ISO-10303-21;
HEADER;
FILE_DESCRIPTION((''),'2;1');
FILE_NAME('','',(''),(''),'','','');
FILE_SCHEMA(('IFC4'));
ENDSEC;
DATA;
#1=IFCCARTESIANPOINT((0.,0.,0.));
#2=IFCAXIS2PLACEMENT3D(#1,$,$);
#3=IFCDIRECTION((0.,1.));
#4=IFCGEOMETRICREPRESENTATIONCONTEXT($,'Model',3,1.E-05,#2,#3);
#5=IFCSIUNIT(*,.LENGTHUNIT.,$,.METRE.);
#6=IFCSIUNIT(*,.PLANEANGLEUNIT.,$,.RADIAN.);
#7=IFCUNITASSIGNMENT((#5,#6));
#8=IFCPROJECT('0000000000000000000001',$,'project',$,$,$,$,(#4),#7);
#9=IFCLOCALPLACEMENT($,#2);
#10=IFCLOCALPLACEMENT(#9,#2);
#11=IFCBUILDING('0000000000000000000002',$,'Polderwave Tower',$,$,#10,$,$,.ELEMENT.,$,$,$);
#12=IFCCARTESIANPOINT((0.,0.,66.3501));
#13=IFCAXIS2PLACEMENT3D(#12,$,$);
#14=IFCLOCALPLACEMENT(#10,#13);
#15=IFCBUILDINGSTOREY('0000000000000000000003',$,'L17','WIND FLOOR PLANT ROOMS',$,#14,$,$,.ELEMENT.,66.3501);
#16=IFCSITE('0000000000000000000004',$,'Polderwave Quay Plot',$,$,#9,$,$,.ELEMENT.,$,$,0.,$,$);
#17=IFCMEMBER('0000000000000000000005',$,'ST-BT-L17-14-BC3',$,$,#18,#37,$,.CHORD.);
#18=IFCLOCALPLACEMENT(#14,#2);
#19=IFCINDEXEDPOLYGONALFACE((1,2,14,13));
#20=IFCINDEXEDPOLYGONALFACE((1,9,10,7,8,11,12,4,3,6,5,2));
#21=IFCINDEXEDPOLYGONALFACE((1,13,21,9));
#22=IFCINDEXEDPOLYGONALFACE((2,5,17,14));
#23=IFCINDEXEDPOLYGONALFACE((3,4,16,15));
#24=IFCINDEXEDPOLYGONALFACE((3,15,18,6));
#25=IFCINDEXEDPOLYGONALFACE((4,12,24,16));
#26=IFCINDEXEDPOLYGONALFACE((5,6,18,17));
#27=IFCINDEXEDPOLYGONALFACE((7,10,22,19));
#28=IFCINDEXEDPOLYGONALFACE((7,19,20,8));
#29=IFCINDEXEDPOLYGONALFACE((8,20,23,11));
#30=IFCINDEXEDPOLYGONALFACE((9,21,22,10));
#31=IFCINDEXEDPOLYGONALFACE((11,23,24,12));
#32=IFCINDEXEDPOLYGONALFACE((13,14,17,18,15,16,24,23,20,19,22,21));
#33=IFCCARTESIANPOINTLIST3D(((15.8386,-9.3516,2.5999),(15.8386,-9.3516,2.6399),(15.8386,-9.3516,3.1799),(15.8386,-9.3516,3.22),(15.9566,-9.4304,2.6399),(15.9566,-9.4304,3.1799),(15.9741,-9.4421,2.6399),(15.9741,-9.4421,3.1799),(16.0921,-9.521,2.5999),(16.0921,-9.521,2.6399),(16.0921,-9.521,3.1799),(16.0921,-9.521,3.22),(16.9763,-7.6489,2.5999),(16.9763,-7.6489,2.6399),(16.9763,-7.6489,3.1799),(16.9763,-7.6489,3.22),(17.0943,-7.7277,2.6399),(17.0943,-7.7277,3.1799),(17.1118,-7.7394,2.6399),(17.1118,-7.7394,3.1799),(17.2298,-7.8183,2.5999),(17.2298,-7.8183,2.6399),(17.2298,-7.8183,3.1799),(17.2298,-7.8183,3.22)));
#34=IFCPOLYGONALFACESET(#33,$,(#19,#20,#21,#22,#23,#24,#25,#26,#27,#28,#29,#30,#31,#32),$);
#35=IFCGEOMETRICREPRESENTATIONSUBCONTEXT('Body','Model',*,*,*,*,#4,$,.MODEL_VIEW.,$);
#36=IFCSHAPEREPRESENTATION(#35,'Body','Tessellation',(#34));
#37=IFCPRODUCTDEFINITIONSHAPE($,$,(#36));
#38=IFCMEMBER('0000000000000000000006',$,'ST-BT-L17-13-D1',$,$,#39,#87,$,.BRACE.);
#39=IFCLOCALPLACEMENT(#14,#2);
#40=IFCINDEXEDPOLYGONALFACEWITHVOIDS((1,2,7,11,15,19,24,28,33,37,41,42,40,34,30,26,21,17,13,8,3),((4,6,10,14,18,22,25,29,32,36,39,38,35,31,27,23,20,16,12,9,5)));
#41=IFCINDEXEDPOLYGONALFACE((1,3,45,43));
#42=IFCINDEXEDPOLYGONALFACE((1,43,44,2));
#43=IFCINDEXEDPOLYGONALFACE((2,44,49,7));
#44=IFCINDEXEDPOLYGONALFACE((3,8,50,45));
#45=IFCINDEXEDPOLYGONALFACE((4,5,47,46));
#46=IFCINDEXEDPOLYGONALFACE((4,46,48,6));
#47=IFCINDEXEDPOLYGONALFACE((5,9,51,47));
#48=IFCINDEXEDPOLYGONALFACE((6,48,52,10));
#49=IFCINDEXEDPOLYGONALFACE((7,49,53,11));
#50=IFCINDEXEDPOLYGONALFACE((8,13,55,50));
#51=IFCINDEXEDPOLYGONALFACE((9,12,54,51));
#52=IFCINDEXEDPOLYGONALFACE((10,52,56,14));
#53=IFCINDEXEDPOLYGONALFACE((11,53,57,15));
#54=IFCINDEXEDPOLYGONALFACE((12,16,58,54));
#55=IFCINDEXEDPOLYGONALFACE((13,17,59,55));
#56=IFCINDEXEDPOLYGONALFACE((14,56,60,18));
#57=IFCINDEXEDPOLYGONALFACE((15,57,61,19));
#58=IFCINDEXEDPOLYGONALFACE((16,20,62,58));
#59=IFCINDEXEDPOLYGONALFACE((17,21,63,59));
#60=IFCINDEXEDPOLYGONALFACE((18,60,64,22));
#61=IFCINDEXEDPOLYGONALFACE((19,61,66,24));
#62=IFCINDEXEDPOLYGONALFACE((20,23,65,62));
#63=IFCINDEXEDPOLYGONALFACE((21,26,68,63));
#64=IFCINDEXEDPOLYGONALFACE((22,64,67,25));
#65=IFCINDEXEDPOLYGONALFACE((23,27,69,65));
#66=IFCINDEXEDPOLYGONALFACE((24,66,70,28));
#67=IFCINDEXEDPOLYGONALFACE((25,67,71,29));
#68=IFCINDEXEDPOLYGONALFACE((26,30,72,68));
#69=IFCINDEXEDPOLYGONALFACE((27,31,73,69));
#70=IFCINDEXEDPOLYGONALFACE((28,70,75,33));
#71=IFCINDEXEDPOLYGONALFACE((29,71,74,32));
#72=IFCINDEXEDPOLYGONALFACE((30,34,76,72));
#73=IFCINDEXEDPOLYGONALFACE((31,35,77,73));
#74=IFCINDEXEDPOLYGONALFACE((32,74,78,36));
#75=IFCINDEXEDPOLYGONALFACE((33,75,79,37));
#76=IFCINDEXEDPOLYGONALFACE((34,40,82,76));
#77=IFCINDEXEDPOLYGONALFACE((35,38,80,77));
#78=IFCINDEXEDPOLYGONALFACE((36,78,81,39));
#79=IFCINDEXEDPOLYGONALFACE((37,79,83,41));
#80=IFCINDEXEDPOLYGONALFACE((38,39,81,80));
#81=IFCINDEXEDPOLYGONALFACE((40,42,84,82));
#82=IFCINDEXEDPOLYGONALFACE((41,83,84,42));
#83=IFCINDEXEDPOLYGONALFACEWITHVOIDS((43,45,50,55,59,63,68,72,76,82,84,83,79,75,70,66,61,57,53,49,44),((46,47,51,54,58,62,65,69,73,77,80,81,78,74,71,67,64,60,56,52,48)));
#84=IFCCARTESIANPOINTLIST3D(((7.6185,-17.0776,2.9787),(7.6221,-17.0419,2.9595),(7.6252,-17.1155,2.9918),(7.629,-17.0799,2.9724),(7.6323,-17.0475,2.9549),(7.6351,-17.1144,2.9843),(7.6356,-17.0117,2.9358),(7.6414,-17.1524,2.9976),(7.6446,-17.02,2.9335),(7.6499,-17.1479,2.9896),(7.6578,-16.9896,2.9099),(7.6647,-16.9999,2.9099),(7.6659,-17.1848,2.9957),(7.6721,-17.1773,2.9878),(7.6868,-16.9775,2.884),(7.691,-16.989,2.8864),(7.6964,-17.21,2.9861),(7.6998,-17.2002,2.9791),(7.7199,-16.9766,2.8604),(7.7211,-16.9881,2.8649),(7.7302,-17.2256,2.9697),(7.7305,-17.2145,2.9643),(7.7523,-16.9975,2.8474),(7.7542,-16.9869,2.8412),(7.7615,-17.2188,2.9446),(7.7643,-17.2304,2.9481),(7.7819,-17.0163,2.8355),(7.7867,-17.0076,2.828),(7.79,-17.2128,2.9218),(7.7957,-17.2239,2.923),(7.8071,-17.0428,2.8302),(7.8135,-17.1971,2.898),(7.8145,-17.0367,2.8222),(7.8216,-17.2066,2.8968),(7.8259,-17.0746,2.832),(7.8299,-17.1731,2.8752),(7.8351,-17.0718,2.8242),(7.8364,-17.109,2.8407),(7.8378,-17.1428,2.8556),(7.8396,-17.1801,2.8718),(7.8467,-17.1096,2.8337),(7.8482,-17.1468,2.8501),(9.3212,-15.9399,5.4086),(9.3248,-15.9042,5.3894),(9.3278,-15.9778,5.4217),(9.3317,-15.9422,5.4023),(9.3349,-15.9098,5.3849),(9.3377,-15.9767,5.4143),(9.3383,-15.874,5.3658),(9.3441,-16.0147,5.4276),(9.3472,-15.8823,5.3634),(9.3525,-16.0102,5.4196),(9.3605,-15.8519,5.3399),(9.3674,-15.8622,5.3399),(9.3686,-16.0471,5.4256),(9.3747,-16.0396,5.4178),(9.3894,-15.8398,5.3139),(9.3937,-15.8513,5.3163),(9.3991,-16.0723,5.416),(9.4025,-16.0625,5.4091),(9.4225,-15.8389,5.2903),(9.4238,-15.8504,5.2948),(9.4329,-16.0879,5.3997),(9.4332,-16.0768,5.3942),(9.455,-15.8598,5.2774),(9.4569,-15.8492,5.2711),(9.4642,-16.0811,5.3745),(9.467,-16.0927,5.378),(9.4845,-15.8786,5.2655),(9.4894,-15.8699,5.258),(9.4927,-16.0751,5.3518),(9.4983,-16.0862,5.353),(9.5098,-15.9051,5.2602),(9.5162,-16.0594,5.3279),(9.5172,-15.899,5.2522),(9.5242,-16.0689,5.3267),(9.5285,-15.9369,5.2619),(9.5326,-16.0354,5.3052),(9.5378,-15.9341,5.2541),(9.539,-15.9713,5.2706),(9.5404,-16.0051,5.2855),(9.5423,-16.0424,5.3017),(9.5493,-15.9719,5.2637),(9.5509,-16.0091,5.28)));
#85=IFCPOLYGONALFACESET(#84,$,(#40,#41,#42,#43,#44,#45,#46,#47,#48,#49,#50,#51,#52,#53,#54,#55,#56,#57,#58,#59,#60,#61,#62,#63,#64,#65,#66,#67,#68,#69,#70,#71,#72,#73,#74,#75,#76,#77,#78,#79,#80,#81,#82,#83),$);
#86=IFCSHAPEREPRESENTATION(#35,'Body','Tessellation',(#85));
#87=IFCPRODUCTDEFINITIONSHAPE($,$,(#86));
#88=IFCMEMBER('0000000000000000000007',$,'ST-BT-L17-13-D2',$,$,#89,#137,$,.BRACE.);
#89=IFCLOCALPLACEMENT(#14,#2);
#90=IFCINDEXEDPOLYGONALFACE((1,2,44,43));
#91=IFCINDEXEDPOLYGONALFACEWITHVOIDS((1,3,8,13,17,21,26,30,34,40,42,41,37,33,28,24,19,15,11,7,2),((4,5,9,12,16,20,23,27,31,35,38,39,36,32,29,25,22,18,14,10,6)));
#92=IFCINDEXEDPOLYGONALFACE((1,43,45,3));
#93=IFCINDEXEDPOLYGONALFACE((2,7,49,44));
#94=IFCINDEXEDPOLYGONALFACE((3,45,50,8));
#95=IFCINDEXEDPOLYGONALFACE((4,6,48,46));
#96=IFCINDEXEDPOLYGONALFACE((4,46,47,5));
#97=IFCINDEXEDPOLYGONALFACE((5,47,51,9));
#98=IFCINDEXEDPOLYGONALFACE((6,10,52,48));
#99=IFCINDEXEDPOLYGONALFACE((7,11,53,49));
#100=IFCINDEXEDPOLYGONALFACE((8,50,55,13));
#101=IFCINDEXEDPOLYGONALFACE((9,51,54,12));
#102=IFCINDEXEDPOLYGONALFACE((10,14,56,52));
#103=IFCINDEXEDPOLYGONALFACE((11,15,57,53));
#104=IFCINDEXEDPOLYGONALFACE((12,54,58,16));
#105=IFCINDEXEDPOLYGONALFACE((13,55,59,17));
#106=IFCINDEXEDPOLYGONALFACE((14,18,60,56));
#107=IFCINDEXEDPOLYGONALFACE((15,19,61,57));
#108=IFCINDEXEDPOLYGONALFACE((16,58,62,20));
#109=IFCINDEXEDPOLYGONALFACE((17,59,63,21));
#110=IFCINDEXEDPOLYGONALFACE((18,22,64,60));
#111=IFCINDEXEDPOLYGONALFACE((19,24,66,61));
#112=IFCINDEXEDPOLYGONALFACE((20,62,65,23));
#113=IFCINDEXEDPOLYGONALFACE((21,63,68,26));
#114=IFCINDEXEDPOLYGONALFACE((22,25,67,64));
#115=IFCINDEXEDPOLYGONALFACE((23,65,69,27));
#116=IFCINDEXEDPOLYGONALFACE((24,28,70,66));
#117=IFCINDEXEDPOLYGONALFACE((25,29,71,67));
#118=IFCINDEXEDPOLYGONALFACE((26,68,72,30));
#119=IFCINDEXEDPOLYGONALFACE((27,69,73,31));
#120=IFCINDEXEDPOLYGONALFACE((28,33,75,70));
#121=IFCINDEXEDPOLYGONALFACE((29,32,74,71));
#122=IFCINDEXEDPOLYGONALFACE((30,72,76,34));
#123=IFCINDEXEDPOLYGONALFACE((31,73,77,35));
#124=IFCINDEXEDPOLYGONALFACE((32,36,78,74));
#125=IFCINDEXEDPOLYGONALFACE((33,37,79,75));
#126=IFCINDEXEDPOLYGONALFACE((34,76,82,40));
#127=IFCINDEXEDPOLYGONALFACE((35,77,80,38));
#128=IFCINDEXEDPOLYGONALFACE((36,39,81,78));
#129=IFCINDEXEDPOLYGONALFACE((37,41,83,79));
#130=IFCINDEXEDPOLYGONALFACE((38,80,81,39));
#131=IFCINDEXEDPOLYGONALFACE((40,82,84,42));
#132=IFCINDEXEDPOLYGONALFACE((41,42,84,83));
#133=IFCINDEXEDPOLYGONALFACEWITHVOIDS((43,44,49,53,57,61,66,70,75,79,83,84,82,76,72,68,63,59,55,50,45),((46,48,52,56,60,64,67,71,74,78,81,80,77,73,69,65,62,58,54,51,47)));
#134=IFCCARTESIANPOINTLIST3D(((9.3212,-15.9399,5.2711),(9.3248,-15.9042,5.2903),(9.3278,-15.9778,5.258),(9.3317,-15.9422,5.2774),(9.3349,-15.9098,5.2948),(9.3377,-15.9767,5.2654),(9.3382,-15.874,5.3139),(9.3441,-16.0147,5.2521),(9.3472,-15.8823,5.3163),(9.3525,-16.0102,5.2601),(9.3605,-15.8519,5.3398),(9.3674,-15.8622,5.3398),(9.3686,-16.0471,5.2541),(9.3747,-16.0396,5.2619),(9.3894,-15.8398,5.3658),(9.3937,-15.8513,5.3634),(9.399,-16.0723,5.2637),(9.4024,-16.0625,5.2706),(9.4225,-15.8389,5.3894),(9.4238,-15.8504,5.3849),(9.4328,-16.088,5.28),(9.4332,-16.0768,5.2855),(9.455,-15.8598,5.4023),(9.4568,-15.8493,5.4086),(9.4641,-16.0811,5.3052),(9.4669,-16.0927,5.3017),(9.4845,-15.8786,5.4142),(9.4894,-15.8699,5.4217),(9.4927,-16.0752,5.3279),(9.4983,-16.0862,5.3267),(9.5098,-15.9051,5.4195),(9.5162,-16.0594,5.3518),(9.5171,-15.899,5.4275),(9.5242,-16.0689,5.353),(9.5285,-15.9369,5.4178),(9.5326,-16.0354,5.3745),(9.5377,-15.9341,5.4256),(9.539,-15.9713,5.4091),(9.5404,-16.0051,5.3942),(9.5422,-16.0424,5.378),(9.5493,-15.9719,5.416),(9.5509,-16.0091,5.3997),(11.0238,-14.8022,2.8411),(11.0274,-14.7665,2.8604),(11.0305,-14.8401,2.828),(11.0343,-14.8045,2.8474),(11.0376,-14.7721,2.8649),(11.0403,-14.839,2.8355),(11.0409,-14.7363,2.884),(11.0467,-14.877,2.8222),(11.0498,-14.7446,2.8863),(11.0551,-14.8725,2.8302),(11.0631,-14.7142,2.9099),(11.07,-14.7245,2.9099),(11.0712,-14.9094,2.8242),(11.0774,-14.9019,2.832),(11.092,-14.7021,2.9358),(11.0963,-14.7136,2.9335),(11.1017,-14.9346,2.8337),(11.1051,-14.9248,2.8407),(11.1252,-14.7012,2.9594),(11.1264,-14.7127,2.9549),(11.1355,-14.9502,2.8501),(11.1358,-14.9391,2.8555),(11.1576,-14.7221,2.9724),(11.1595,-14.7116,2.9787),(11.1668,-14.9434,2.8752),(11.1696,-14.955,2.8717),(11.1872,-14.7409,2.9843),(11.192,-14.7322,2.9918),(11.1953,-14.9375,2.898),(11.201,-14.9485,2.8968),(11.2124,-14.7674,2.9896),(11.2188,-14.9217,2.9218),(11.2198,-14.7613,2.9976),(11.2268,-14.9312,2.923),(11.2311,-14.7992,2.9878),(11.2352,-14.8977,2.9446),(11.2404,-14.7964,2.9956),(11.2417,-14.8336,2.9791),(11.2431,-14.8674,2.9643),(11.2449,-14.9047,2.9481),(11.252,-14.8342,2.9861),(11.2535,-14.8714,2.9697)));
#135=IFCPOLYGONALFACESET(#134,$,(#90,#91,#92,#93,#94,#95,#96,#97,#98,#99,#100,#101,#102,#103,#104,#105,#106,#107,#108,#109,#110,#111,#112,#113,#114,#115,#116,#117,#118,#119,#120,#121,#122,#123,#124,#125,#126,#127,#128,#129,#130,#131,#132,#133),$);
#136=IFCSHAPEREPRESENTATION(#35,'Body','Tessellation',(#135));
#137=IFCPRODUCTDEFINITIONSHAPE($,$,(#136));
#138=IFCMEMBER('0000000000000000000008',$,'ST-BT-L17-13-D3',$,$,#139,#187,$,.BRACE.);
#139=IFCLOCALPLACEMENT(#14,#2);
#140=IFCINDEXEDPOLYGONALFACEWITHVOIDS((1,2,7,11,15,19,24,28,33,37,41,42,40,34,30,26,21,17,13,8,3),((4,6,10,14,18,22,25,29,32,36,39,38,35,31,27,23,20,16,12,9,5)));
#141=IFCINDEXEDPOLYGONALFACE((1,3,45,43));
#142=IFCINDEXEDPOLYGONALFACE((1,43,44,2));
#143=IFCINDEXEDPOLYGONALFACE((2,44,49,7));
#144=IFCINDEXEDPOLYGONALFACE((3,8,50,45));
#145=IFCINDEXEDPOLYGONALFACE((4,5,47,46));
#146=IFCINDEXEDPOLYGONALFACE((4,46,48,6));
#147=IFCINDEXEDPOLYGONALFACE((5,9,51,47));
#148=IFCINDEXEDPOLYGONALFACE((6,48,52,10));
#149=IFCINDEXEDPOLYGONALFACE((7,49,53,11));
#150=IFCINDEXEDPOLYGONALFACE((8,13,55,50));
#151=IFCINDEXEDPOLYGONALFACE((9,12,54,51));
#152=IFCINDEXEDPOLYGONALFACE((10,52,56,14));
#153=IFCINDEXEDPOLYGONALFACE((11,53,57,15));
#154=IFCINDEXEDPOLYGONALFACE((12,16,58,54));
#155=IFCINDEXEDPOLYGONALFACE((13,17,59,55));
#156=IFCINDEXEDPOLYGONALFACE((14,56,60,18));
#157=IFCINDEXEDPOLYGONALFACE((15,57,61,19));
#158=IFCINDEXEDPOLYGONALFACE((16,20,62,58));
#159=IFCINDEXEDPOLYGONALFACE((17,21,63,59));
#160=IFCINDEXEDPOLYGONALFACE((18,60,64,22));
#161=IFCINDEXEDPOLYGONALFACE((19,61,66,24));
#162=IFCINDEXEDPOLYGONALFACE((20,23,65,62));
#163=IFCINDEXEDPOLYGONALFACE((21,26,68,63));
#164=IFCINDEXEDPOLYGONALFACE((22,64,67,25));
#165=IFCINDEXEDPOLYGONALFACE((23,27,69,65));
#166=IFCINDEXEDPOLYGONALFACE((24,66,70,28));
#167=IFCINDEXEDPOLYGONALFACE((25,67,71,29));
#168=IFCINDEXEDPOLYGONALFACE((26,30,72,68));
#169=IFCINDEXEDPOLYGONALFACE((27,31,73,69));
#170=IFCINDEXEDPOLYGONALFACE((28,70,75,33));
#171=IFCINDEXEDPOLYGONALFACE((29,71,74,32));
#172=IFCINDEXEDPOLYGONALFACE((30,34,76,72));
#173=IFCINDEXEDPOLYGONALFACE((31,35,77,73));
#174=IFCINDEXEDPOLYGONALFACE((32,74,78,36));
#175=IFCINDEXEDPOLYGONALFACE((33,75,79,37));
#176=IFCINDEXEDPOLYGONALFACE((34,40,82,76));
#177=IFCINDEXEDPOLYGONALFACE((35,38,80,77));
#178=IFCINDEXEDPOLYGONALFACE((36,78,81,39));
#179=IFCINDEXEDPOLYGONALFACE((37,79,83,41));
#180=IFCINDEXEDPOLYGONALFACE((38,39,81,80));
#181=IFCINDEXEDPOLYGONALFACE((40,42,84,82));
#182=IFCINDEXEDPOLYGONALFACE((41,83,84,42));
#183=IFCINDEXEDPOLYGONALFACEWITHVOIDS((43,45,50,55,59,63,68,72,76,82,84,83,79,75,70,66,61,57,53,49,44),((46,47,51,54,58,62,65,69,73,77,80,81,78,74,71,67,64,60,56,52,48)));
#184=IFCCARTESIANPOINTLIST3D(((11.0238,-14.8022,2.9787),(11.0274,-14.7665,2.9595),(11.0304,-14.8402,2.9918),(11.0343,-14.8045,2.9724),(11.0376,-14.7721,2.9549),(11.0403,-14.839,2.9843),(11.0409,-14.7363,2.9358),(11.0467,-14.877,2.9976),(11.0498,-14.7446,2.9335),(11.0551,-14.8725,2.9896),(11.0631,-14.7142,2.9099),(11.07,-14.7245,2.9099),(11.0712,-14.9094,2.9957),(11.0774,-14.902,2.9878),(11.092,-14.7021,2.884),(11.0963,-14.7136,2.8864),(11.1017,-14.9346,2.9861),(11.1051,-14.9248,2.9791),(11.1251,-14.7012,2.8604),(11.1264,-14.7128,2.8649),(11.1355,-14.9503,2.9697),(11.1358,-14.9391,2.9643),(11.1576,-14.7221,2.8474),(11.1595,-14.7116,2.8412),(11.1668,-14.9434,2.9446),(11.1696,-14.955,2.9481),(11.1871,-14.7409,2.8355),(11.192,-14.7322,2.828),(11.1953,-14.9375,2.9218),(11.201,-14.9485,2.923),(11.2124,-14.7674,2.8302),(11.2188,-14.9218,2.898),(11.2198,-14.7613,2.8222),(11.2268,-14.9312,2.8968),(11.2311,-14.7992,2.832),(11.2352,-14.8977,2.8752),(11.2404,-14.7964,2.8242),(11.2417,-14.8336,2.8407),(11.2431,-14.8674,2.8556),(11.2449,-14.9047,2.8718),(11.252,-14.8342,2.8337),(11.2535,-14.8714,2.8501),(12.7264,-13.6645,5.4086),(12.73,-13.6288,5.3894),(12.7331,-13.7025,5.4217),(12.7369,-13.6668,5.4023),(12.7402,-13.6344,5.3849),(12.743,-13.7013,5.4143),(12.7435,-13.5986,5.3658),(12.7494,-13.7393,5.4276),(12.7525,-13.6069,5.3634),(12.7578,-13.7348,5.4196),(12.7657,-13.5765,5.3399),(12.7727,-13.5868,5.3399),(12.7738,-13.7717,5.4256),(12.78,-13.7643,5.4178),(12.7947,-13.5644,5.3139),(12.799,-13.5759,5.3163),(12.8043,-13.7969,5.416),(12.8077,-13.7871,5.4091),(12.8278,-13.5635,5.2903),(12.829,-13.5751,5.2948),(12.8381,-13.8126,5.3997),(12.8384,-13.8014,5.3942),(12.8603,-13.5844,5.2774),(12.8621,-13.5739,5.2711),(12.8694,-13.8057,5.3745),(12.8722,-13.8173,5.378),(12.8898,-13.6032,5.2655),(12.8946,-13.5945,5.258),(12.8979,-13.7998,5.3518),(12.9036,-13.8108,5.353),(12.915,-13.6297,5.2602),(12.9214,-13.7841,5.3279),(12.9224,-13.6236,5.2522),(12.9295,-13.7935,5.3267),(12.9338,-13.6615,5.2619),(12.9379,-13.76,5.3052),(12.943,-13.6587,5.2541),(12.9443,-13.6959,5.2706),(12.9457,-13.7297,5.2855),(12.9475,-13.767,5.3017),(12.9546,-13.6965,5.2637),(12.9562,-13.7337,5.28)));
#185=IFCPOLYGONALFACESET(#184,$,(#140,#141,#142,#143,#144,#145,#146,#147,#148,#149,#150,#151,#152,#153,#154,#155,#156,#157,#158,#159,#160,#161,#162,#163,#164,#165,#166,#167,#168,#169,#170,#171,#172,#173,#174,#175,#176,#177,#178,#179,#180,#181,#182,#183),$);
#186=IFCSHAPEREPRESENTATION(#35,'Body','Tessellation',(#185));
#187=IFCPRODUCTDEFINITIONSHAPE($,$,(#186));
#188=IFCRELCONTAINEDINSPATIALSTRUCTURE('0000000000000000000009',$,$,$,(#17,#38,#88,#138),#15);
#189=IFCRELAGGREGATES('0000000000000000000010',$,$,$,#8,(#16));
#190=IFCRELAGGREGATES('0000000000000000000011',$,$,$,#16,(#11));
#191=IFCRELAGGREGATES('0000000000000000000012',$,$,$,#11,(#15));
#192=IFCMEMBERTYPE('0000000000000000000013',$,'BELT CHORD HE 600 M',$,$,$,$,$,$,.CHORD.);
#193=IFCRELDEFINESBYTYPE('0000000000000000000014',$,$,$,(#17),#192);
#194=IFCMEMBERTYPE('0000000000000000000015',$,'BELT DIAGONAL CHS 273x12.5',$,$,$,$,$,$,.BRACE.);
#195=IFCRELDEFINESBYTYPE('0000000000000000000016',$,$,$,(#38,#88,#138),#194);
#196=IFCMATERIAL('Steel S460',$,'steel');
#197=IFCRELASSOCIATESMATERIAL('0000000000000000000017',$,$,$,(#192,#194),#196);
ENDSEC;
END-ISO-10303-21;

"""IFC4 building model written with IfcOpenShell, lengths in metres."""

from ifc_helpers import new_model, si_unit, direction, frame, origin, origin_2d, place, context, subcontext, project, spatial, hollow_circle, i_section, extrude, material, material_profile, profile_set, type_object, element, save


model = new_model("IFC4")

# Units and contexts
model_context = context("Model", 3, precision=1e-05, world=origin(), true_north=direction((0.0, 1.0)))
body_context = subcontext(model_context, "Body", "Model", "MODEL_VIEW")
ifc_project = project(units=[si_unit("LENGTHUNIT", "METRE"), si_unit("PLANEANGLEUNIT", "RADIAN")], contexts=[model_context])

# Site, building, storey
site_placement = place(None, origin())
site = spatial("IfcSite", under=ifc_project, at=site_placement, Name="Polderwave Quay Plot", CompositionType="ELEMENT", RefElevation=0.0)
building_placement = place(site_placement, origin())
building = spatial("IfcBuilding", under=site, at=building_placement, Name="Polderwave Tower", CompositionType="ELEMENT")
storey_placement = place(building_placement, frame((0.0, 0.0, 66.3501)))
storey = spatial("IfcBuildingStorey", under=building, at=storey_placement, Name="L17", Description="WIND FLOOR PLANT ROOMS", CompositionType="ELEMENT", Elevation=66.3501)

# Members
ifc_material_1 = material(Name="Steel S460", Category="steel")
ifc_material_profile_1 = material_profile(ifc_material_1, i_section(OverallWidth=0.3049, OverallDepth=0.6201, WebThickness=0.021, FlangeThickness=0.04, at=origin_2d()), Name="HE 600 M")
ifc_profile_set_1 = profile_set([ifc_material_profile_1], Name="Steel S460")
member_type_1 = type_object("IfcMemberType", Name="BELT CHORD HE 600 M", PredefinedType="CHORD", material=ifc_profile_set_1)
for number, where, z_axis, x_axis, name in (
    (1, (15.9653, -9.4363, 2.9099), (0.55558, 0.831463, 0.0), (-0.831463, 0.55558, 0.0), "ST-BT-L17-14-BC3"),
):
    element("IfcMember", number, at=place(storey_placement, frame(where, z_axis=z_axis, x_axis=x_axis)), inside=storey, type_object=member_type_1, Name=name, PredefinedType="CHORD", context=body_context, shape_type="SweptSolid", body=[
        extrude(i_section(OverallWidth=0.3049, OverallDepth=0.6201, WebThickness=0.021, FlangeThickness=0.04, at=origin_2d()), origin(), (0.0, 0.0, 1.0), 2.0479),
    ])
ifc_material_profile_2 = material_profile(ifc_material_1, hollow_circle(Radius=0.1365, WallThickness=0.0125, at=origin_2d()), Name="CHS 273x12.5")
ifc_profile_set_2 = profile_set([ifc_material_profile_2], Name="Steel S460")
member_type_2 = type_object("IfcMemberType", Name="BELT DIAGONAL CHS 273x12.5", PredefinedType="BRACE", material=ifc_profile_set_2)
for number, where, z_axis, x_axis, name in (
    (2, (7.7336, -17.103, 2.9099), (0.535805, 0.358023, 0.764678), (-0.55558, 0.831463, 0.0), "ST-BT-L17-13-D1"),
    (3, (9.4363, -15.9653, 5.3398), (0.535805, 0.358023, -0.764678), (-0.55558, 0.831463, 0.0), "ST-BT-L17-13-D2"),
    (4, (11.1389, -14.8276, 2.9099), (0.535805, 0.358023, 0.764678), (-0.55558, 0.831463, 0.0), "ST-BT-L17-13-D3"),
):
    element("IfcMember", number, at=place(storey_placement, frame(where, z_axis=z_axis, x_axis=x_axis)), inside=storey, type_object=member_type_2, Name=name, PredefinedType="BRACE", context=body_context, shape_type="SweptSolid", body=[
        extrude(hollow_circle(Radius=0.1365, WallThickness=0.0125, at=origin_2d()), origin(), (0.0, 0.0, 1.0), 3.1777),
    ])

save(model, "model.ifc")
